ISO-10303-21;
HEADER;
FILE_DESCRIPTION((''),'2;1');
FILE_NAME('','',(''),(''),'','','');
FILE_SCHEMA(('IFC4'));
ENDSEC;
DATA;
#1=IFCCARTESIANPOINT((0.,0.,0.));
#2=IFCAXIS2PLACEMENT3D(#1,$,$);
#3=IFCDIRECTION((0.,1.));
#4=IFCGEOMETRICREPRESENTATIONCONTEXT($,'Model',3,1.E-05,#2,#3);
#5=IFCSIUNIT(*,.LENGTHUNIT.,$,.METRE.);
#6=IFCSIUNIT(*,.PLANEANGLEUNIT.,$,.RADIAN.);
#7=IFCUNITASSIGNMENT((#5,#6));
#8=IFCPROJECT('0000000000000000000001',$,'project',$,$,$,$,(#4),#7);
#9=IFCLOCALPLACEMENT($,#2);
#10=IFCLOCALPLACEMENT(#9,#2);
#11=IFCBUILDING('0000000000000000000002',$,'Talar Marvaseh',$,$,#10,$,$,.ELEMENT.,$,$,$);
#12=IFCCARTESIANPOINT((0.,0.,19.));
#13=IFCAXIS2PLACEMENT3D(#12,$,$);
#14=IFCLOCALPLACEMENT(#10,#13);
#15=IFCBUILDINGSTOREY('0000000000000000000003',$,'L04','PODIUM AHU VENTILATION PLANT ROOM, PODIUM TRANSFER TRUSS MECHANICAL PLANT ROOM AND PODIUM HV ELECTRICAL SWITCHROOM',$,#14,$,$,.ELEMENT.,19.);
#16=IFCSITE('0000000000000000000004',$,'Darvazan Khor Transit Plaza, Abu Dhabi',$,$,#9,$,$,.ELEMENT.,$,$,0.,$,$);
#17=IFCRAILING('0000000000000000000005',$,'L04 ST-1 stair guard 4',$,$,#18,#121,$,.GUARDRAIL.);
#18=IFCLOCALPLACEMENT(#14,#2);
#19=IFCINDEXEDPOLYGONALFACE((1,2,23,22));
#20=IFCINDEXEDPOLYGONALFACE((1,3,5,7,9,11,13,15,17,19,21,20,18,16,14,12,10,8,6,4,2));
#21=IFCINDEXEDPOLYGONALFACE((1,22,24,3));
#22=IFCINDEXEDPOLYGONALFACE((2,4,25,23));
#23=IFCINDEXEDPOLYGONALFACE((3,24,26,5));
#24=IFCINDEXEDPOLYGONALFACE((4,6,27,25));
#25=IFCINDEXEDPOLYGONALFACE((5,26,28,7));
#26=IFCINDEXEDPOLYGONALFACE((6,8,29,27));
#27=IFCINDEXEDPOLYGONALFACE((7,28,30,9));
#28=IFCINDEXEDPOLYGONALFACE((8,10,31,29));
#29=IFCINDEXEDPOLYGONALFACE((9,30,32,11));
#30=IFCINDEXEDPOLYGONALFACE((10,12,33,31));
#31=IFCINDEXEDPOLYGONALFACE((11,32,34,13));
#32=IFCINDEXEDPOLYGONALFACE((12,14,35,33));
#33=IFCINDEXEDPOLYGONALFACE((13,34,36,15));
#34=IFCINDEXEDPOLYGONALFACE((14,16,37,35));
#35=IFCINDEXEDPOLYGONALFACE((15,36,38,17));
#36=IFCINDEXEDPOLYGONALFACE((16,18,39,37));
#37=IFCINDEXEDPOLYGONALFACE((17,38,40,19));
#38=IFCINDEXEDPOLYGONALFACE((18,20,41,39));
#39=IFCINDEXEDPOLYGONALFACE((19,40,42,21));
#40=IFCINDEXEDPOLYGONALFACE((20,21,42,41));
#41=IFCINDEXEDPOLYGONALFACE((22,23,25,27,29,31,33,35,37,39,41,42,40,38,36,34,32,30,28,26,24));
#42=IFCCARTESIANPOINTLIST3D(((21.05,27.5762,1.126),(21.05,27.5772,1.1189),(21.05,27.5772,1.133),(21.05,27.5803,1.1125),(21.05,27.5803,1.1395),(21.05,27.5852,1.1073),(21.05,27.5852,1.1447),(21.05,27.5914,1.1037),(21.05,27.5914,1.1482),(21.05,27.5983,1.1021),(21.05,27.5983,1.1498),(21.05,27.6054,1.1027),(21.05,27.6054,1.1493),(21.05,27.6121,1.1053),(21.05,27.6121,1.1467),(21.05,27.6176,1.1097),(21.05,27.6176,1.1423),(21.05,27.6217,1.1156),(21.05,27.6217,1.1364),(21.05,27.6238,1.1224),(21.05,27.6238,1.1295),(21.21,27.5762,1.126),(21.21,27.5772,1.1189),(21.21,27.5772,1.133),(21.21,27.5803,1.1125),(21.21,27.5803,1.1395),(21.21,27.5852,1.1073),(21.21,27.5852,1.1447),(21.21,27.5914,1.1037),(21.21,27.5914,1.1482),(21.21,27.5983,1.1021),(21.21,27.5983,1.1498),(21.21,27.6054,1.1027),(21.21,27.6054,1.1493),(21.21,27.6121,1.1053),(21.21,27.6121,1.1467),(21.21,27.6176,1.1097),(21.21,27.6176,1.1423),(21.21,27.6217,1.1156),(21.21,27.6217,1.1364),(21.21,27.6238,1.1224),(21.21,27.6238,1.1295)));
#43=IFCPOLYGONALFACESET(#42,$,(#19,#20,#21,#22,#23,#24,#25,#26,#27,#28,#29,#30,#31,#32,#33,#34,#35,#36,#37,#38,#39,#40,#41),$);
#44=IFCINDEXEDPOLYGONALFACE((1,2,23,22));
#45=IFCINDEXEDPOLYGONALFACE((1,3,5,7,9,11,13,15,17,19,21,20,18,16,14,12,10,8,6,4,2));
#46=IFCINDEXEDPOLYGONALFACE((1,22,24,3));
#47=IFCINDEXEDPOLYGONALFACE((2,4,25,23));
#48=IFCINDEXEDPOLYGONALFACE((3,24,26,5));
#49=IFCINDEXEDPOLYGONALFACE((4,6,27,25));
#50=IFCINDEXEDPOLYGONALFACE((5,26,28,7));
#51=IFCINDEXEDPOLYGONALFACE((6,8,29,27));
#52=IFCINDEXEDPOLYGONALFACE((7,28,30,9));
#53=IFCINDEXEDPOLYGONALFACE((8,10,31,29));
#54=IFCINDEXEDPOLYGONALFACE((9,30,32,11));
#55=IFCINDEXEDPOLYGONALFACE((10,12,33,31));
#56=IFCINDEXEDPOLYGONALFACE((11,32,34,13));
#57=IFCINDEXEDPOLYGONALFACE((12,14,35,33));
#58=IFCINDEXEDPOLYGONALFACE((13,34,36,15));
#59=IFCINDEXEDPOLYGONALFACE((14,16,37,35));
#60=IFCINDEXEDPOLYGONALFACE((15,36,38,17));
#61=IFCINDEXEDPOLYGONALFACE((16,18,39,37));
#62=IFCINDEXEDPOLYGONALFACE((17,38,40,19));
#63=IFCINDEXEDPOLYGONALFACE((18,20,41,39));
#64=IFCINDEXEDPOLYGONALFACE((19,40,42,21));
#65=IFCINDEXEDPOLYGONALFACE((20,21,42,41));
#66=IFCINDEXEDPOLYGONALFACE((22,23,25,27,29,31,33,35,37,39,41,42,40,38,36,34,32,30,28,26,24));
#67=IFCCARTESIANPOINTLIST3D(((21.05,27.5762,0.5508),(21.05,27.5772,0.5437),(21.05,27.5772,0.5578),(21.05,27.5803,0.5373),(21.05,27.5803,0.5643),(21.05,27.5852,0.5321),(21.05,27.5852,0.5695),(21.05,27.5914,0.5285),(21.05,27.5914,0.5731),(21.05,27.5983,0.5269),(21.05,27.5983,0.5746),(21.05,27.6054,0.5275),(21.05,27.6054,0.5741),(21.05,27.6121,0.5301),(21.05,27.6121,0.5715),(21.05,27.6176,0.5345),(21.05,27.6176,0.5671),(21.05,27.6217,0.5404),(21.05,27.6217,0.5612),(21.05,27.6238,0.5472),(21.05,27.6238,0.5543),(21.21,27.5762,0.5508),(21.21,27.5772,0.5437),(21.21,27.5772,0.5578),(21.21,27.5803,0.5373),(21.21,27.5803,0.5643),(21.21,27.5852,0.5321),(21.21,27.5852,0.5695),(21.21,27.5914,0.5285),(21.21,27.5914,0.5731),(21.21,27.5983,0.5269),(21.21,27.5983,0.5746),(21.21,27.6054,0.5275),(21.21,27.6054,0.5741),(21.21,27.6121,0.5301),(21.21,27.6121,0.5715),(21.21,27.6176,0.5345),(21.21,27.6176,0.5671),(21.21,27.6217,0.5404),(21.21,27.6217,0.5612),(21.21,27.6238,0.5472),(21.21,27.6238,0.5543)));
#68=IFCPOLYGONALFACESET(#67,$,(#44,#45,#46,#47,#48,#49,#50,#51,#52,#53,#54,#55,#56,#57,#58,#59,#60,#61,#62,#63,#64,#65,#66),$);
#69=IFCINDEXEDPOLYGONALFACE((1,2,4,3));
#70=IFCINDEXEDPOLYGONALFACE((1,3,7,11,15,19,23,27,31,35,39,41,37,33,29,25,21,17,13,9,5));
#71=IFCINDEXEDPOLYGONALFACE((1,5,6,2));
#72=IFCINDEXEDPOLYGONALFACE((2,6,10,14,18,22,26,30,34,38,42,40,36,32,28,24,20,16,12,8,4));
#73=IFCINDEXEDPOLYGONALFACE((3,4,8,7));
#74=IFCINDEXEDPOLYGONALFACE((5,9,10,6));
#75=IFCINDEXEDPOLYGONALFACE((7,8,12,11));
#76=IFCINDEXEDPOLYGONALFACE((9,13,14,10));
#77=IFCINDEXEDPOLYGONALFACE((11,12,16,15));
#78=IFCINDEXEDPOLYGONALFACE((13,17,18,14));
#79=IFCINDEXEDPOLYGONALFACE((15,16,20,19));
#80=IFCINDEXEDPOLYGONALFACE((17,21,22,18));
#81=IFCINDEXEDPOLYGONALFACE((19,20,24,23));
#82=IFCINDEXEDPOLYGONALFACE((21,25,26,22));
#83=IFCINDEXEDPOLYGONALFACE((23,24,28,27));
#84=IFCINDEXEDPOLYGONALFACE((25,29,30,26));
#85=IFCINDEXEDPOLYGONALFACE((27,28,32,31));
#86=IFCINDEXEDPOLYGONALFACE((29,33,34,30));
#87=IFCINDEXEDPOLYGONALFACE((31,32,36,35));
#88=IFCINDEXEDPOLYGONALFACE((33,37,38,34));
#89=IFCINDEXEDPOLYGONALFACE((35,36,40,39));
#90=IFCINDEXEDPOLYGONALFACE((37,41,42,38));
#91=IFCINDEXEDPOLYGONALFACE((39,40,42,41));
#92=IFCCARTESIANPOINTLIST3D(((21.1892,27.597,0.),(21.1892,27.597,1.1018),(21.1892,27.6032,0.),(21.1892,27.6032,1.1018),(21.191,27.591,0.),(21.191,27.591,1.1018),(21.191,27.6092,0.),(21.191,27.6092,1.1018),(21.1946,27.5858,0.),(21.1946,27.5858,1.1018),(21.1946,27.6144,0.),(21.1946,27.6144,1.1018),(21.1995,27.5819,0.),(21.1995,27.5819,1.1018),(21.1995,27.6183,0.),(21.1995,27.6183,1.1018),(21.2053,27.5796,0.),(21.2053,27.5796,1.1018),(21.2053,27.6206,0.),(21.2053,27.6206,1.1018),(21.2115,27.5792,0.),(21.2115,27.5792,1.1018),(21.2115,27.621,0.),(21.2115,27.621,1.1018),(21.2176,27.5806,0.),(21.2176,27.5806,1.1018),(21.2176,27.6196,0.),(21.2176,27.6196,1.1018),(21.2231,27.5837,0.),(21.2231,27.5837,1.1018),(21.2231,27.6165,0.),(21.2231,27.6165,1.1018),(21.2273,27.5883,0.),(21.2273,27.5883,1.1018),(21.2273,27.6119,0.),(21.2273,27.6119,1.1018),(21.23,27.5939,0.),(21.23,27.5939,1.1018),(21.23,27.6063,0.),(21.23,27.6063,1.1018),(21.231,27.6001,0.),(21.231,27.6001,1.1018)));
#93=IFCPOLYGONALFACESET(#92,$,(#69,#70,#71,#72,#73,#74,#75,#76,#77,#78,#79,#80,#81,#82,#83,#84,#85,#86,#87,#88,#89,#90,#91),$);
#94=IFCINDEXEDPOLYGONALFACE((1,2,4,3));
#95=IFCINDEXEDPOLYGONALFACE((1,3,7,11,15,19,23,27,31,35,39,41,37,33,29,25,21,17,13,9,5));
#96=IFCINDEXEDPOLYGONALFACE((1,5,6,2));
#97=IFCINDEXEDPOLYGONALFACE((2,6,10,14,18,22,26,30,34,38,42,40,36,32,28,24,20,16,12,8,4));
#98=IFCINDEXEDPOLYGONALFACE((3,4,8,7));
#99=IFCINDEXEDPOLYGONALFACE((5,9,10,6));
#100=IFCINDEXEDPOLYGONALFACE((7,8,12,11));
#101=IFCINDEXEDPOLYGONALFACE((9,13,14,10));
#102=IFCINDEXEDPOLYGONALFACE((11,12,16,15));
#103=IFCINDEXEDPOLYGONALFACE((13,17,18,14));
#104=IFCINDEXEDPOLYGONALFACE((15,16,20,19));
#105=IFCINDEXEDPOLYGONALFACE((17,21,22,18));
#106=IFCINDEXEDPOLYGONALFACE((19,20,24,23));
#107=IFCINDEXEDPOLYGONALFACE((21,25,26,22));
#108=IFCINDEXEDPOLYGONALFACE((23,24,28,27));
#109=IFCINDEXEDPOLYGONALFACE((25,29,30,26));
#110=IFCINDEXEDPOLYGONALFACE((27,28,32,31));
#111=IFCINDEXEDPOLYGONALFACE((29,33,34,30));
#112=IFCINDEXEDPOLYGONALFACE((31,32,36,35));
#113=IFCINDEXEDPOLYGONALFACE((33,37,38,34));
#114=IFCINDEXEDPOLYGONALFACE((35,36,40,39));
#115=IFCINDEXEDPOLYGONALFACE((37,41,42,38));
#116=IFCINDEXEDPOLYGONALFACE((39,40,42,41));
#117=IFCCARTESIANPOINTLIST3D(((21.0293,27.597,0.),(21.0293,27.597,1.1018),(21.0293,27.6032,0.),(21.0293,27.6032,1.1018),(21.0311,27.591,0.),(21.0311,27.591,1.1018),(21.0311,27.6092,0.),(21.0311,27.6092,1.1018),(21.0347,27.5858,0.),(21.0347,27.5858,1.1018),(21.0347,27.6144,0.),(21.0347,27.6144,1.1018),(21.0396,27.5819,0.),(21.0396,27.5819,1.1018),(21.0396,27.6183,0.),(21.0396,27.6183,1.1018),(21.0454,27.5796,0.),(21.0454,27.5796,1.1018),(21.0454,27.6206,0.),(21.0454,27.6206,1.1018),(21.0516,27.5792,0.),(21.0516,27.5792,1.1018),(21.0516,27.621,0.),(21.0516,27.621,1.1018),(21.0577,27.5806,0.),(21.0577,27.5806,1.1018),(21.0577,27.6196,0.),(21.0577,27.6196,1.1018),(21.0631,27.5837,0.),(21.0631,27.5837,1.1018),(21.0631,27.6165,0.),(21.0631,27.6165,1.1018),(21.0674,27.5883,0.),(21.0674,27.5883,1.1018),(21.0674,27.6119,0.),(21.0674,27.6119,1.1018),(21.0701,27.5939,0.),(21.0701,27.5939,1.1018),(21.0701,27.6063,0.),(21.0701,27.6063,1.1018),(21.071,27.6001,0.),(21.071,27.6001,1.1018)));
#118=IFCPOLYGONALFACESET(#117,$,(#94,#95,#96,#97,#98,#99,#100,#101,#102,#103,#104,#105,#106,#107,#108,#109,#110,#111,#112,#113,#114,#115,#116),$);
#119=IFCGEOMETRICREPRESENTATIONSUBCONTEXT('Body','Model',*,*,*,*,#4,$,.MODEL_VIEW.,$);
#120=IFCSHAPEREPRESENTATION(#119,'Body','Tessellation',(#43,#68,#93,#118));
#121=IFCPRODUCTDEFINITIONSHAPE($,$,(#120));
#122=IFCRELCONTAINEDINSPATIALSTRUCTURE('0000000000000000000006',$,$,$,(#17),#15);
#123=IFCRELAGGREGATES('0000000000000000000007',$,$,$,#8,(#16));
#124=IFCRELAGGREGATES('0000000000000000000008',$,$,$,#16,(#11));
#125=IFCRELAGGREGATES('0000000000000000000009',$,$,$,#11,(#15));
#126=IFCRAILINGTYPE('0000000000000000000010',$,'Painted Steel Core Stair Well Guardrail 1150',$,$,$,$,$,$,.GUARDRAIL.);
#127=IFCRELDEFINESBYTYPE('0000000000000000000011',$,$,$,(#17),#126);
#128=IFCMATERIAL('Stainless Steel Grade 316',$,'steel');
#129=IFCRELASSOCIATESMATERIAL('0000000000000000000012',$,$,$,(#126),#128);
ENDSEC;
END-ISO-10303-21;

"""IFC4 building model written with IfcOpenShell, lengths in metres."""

from ifc_helpers import new_model, si_unit, direction, frame, origin, origin_2d, place, context, subcontext, project, spatial, circle, extrude, material, type_object, element, save


model = new_model("IFC4")

# Units and contexts
model_context = context("Model", 3, precision=1e-05, world=origin(), true_north=direction((0.0, 1.0)))
body_context = subcontext(model_context, "Body", "Model", "MODEL_VIEW")
ifc_project = project(units=[si_unit("LENGTHUNIT", "METRE"), si_unit("PLANEANGLEUNIT", "RADIAN")], contexts=[model_context])

# Site, building, storey
site_placement = place(None, origin())
site = spatial("IfcSite", under=ifc_project, at=site_placement, Name="Darvazan Khor Transit Plaza, Abu Dhabi", CompositionType="ELEMENT", RefElevation=0.0)
building_placement = place(site_placement, origin())
building = spatial("IfcBuilding", under=site, at=building_placement, Name="Talar Marvaseh", CompositionType="ELEMENT")
storey_placement = place(building_placement, frame((0.0, 0.0, 19.0)))
storey = spatial("IfcBuildingStorey", under=building, at=storey_placement, Name="L04", Description="PODIUM AHU VENTILATION PLANT ROOM, PODIUM TRANSFER TRUSS MECHANICAL PLANT ROOM AND PODIUM HV ELECTRICAL SWITCHROOM", CompositionType="ELEMENT", Elevation=19.0)

# Railing
ifc_material_1 = material(Name="Stainless Steel Grade 316", Category="steel")
railing_type = type_object("IfcRailingType", Name="Painted Steel Core Stair Well Guardrail 1150", PredefinedType="GUARDRAIL", material=ifc_material_1)
railing_placement = place(storey_placement, frame((21.21, 27.6001, 0.0)))
element("IfcRailing", 1, at=railing_placement, inside=storey, type_object=railing_type, Name="L04 ST-1 stair guard 4", PredefinedType="GUARDRAIL", context=body_context, shape_type="SweptSolid", body=[
    extrude(circle(Radius=0.0239, at=origin_2d()), frame((0.0, 0.0, 1.126), z_axis=(-1.0, 0.0, 0.0), x_axis=(0.0, -1.0, 0.0)), (0.0, 0.0, 1.0), 0.1599),
    extrude(circle(Radius=0.0239, at=origin_2d()), frame((0.0, 0.0, 0.5508), z_axis=(-1.0, 0.0, 0.0), x_axis=(0.0, -1.0, 0.0)), (0.0, 0.0, 1.0), 0.1599),
    extrude(circle(Radius=0.021, at=origin_2d()), origin(), (0.0, 0.0, 1.0), 1.1018),
    extrude(circle(Radius=0.021, at=origin_2d()), frame((-0.1599, 0.0, 0.0)), (0.0, 0.0, 1.0), 1.1018),
])

save(model, "model.ifc")
